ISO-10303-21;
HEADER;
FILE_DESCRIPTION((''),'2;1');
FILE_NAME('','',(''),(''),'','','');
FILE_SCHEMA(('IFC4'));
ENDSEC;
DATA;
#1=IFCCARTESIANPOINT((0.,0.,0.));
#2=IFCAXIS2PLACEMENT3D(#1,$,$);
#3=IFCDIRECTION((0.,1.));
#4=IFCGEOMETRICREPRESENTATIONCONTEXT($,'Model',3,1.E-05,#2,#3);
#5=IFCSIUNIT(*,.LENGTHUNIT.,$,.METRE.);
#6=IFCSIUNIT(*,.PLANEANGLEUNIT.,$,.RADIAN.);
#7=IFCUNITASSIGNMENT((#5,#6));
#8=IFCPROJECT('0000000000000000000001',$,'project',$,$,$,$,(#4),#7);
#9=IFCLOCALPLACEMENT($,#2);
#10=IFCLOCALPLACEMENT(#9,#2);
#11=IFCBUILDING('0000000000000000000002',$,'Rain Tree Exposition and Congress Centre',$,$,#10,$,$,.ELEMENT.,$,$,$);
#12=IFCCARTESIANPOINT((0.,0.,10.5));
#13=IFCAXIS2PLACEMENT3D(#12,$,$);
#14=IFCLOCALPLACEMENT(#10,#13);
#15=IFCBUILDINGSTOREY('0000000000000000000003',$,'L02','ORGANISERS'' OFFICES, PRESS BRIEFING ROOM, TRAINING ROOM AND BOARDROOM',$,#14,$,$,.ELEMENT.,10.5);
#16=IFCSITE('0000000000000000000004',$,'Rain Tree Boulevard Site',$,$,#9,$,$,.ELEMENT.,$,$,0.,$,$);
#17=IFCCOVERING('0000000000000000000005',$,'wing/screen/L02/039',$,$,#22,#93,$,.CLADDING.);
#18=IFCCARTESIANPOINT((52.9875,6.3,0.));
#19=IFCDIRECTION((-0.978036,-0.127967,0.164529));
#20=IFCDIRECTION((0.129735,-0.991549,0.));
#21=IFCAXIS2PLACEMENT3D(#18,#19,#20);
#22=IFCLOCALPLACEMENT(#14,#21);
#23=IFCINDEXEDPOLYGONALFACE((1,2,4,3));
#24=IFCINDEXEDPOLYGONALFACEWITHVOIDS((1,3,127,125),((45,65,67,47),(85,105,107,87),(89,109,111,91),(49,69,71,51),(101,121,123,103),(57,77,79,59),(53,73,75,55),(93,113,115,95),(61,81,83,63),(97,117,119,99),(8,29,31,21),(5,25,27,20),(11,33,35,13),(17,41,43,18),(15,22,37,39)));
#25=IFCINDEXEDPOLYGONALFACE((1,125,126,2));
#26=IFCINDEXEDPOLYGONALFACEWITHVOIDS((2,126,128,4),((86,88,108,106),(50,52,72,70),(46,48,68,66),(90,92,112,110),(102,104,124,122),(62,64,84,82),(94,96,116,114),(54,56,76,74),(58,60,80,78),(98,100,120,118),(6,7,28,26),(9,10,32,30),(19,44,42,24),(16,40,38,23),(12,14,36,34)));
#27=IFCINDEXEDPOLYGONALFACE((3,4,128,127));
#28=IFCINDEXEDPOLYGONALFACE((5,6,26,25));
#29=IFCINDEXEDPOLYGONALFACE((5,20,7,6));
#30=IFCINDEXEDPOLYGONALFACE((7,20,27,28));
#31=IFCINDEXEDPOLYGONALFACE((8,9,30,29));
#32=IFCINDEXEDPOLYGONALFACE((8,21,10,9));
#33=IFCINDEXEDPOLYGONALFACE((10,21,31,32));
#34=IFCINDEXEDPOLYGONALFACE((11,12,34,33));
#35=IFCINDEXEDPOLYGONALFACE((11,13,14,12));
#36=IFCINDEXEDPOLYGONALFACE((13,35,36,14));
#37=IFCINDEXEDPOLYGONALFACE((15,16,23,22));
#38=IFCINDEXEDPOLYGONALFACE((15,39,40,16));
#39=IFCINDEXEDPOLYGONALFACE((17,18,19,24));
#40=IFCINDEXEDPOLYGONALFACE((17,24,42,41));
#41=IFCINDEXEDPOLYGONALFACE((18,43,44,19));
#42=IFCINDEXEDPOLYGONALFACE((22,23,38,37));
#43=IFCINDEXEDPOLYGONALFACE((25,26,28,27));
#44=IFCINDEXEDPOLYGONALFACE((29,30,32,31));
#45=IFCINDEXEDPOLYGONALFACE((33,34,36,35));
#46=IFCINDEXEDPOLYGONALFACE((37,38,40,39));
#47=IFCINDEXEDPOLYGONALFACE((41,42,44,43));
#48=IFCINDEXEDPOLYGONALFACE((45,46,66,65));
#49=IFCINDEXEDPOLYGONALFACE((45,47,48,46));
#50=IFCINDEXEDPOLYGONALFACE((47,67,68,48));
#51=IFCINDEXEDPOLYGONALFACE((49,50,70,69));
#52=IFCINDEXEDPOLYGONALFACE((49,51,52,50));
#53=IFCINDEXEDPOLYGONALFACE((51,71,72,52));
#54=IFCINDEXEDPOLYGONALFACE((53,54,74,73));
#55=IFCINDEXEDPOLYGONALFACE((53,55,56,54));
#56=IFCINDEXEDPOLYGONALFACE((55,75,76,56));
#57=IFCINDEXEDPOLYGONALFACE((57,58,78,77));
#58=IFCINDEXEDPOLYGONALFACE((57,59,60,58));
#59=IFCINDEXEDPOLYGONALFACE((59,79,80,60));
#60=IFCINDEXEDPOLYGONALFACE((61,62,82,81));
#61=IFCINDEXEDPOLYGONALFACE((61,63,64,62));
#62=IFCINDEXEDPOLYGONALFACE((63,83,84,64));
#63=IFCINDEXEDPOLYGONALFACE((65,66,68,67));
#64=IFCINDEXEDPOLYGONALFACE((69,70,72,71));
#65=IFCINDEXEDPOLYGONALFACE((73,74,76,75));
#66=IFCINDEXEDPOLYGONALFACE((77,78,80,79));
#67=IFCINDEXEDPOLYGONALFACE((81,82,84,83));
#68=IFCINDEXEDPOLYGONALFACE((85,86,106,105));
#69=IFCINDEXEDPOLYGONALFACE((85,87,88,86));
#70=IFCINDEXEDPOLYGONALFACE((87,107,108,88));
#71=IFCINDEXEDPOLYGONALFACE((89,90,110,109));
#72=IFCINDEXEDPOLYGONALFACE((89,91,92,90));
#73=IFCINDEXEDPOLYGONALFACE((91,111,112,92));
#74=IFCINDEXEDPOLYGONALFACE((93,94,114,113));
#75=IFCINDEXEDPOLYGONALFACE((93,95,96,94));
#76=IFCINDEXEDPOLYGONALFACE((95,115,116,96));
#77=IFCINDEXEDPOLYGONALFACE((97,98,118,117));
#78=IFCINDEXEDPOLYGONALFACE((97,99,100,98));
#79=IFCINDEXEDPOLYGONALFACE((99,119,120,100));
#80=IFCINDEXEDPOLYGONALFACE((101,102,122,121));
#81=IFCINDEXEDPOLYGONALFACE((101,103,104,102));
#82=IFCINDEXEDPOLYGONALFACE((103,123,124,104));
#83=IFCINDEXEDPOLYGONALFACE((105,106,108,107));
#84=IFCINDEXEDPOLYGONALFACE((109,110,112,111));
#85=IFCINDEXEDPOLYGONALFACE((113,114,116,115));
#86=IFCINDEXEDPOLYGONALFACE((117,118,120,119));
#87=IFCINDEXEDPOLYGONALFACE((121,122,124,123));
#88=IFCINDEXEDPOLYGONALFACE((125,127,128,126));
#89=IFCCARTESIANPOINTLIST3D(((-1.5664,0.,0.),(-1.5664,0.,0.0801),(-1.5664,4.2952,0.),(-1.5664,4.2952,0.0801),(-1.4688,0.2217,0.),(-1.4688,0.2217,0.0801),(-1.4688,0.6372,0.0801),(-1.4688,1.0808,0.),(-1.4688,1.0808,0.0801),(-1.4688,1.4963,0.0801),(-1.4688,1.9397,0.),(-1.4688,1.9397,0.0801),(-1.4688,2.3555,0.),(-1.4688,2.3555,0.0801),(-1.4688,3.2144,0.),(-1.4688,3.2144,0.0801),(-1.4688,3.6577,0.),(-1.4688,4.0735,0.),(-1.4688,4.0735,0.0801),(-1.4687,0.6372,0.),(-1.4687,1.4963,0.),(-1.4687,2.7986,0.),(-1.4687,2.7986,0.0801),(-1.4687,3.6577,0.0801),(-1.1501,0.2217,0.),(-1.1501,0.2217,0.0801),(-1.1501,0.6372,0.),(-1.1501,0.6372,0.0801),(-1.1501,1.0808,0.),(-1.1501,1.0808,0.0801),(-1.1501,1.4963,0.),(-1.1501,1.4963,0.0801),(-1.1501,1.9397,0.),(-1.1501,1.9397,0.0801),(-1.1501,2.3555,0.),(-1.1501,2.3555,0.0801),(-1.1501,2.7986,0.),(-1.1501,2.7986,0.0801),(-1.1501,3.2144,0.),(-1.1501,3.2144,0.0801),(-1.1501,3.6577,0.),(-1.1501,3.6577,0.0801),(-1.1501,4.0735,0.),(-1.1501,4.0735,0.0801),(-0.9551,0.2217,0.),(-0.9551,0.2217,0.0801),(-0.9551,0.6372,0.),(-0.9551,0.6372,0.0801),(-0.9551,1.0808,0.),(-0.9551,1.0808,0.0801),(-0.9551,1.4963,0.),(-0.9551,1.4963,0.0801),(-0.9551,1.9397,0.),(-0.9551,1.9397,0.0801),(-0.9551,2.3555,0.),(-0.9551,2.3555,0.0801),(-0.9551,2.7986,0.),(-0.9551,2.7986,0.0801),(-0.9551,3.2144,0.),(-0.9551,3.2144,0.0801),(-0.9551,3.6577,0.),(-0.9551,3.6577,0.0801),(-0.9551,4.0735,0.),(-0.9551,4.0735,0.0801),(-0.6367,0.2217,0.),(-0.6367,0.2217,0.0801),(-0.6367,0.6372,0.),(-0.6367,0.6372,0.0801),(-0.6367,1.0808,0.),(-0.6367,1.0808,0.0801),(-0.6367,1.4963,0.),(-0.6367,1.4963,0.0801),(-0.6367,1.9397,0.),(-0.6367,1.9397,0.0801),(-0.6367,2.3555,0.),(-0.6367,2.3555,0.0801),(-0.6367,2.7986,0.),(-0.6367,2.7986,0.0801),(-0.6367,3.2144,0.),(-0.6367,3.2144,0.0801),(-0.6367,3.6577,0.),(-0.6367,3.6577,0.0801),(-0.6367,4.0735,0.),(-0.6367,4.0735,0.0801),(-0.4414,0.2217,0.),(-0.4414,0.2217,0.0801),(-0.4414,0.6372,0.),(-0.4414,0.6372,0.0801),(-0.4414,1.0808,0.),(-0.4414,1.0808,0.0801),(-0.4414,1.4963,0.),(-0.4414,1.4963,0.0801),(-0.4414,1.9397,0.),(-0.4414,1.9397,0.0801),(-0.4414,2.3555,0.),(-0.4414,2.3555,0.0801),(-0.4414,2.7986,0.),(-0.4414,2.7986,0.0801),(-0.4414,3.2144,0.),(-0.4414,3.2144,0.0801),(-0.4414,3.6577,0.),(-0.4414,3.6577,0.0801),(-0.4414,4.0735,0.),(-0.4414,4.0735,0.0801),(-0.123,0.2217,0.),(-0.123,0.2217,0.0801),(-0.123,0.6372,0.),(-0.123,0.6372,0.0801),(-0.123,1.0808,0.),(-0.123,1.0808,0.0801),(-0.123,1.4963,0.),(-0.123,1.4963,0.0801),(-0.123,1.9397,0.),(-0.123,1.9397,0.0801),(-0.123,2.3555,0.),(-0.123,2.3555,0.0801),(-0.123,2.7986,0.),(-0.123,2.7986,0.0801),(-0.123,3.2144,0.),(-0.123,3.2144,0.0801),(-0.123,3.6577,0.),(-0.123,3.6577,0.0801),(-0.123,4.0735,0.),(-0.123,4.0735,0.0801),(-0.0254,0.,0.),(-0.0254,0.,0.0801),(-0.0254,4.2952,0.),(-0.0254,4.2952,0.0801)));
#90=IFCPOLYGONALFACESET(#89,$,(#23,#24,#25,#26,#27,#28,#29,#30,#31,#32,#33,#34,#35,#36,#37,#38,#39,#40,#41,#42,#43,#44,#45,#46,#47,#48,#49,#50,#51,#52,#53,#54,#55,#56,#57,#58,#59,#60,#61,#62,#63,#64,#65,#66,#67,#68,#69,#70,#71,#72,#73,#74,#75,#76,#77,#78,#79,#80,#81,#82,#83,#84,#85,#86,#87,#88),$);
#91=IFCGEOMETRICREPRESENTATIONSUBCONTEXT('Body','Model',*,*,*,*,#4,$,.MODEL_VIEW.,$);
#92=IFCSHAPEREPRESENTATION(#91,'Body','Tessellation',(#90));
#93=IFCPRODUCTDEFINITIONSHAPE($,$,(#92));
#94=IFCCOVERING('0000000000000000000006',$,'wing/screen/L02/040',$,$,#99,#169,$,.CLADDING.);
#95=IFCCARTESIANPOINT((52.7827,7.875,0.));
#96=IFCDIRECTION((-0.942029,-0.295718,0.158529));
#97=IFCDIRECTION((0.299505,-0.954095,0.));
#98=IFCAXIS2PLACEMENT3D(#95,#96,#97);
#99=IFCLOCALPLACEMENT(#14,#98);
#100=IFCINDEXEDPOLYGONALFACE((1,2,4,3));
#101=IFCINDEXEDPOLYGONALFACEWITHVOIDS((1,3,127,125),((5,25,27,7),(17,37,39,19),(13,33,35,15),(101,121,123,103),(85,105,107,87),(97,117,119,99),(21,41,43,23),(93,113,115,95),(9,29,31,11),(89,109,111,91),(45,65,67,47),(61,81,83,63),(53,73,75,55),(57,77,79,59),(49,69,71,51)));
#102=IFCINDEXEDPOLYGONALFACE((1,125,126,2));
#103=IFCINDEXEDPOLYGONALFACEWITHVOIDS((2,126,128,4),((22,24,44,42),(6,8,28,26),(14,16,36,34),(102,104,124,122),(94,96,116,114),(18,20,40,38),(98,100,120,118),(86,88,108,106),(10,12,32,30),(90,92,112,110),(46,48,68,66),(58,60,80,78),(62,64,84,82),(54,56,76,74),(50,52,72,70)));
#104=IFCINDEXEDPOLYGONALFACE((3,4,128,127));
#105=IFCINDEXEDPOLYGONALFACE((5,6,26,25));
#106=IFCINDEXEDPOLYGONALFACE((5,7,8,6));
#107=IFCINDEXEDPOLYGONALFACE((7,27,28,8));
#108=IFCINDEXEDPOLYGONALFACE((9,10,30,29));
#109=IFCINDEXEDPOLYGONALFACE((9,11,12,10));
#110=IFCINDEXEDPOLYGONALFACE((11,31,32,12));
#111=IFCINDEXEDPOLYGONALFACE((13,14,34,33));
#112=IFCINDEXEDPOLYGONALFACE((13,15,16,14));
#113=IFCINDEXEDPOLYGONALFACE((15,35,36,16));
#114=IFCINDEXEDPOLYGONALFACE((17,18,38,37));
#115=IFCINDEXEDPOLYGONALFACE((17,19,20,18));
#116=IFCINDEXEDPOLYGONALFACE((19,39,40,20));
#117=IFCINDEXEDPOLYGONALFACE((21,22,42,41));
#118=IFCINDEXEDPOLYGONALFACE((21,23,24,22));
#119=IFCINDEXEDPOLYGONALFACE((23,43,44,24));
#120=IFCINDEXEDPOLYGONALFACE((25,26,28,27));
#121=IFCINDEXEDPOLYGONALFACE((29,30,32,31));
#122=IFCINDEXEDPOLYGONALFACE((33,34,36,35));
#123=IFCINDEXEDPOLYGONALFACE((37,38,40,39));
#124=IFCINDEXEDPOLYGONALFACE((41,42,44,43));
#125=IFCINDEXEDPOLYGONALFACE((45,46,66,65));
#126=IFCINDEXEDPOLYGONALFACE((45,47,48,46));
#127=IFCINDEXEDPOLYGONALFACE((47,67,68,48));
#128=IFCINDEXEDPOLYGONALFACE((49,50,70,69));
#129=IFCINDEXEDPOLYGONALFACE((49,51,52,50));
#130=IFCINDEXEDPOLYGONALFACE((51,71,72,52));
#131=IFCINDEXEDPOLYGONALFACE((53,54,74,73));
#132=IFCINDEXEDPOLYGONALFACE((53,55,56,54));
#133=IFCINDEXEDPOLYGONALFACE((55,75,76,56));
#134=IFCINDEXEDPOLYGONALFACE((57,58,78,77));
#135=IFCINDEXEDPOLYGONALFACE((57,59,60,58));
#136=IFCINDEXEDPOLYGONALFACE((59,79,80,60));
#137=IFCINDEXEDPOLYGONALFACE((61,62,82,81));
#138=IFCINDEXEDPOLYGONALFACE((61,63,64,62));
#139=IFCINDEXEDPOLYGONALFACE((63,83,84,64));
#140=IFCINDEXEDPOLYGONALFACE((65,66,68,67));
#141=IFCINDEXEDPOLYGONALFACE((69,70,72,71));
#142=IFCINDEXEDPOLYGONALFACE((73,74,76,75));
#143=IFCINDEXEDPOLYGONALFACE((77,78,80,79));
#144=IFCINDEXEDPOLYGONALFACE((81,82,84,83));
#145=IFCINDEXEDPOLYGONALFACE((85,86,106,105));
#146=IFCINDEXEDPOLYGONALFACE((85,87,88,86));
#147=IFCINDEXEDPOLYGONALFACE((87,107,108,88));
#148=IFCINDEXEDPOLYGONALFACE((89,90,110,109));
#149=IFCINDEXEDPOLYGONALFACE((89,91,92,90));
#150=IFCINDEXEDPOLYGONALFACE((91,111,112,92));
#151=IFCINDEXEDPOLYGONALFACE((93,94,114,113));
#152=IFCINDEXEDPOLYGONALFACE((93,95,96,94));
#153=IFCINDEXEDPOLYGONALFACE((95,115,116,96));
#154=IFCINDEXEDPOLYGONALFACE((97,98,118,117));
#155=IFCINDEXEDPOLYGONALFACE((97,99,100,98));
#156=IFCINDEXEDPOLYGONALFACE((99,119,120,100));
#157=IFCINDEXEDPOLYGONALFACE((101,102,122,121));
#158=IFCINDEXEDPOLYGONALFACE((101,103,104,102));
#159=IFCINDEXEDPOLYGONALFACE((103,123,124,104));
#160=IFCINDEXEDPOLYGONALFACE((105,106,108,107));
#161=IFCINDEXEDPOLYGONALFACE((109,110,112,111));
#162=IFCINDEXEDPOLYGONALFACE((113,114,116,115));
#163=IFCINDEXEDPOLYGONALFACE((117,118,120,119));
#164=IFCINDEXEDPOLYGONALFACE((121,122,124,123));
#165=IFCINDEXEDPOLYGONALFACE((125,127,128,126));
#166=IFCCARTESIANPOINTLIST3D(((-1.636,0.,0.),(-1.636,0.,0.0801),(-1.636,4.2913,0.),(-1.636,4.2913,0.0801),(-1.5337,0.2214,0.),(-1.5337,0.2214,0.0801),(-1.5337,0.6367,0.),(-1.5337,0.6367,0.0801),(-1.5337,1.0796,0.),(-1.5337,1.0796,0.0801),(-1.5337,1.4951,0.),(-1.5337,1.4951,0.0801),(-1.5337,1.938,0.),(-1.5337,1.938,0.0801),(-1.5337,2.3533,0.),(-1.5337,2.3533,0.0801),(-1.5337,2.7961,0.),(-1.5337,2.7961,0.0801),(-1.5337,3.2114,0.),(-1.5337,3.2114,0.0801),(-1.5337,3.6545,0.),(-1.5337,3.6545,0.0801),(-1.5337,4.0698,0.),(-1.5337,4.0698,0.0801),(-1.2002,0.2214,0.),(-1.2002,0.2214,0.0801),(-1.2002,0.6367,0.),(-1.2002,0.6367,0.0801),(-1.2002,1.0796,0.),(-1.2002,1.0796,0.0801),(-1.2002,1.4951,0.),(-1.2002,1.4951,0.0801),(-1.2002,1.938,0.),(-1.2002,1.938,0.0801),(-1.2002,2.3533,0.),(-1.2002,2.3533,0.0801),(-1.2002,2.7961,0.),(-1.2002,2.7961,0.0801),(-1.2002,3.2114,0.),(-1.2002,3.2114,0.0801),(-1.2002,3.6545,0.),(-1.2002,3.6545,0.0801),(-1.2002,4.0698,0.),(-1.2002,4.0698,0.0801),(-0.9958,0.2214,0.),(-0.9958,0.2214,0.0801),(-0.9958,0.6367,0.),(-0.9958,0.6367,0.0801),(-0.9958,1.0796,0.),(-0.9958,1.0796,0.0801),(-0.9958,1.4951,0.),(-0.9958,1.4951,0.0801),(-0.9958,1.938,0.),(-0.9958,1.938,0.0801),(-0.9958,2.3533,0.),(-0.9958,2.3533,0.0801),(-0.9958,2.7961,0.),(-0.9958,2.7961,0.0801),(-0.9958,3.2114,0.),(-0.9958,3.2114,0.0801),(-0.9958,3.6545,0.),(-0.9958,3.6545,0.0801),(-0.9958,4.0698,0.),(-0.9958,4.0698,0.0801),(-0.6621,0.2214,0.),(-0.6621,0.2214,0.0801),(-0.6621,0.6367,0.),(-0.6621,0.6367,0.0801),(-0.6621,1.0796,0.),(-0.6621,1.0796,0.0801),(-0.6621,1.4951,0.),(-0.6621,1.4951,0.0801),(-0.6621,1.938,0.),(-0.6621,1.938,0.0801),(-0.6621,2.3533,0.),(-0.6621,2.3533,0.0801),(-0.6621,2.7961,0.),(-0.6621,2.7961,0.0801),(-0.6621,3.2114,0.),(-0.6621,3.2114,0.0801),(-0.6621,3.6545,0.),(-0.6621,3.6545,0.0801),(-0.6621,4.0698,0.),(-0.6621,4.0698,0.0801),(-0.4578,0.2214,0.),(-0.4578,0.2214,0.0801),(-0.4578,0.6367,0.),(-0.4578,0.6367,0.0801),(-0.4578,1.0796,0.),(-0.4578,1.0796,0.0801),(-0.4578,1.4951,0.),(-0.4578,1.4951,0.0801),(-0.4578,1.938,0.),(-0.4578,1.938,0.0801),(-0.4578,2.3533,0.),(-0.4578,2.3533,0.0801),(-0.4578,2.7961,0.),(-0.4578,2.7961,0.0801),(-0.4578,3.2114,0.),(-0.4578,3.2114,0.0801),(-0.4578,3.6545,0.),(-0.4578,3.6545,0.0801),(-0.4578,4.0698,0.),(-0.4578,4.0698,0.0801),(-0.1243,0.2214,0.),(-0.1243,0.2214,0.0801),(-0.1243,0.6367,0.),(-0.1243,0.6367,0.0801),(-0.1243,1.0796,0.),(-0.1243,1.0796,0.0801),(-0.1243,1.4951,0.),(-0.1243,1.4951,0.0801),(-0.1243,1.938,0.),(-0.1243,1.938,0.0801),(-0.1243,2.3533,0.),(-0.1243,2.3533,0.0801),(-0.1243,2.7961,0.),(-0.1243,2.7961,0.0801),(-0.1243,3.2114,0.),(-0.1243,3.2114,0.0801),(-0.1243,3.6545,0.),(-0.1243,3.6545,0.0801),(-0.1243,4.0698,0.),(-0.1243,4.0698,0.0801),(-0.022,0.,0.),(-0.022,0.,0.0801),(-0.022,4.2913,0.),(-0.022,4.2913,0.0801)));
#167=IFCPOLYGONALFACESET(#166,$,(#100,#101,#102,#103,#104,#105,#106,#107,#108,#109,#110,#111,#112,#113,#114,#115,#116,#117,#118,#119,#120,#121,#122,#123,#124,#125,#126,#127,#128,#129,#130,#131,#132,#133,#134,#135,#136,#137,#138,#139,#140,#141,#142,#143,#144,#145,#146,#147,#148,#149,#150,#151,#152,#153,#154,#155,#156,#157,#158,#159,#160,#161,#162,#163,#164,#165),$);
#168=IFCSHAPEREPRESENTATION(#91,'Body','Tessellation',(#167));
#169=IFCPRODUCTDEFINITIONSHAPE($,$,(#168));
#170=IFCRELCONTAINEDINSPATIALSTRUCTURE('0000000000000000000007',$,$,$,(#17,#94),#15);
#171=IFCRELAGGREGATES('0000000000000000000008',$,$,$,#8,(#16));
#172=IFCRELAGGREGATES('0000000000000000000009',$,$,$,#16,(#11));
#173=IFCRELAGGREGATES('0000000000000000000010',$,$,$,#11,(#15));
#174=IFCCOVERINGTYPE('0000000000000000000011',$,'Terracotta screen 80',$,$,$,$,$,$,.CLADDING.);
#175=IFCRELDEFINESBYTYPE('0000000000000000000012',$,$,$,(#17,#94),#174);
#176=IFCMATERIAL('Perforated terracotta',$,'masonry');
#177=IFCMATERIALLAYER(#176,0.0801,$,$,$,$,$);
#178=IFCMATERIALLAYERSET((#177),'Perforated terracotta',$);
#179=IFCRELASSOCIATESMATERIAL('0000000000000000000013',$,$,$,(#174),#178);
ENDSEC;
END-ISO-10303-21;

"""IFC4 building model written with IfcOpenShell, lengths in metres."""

from ifc_helpers import new_model, si_unit, direction, frame, origin, place, context, subcontext, project, spatial, polyline, outline, extrude, material, layer, layer_set, type_object, element, save


model = new_model("IFC4")

# Units and contexts
model_context = context("Model", 3, precision=1e-05, world=origin(), true_north=direction((0.0, 1.0)))
body_context = subcontext(model_context, "Body", "Model", "MODEL_VIEW")
ifc_project = project(units=[si_unit("LENGTHUNIT", "METRE"), si_unit("PLANEANGLEUNIT", "RADIAN")], contexts=[model_context])

# Site, building, storey
site_placement = place(None, origin())
site = spatial("IfcSite", under=ifc_project, at=site_placement, Name="Rain Tree Boulevard Site", CompositionType="ELEMENT", RefElevation=0.0)
building_placement = place(site_placement, origin())
building = spatial("IfcBuilding", under=site, at=building_placement, Name="Rain Tree Exposition and Congress Centre", CompositionType="ELEMENT")
storey_placement = place(building_placement, frame((0.0, 0.0, 10.5)))
storey = spatial("IfcBuildingStorey", under=building, at=storey_placement, Name="L02", Description="ORGANISERS' OFFICES, PRESS BRIEFING ROOM, TRAINING ROOM AND BOARDROOM", CompositionType="ELEMENT", Elevation=10.5)

# Coverings
ifc_material_1 = material(Name="Perforated terracotta", Category="masonry")
ifc_layer_1 = layer(ifc_material_1, 0.0801)
ifc_layer_set_1 = layer_set([ifc_layer_1], Name="Perforated terracotta")
covering_type = type_object("IfcCoveringType", Name="Terracotta screen 80", PredefinedType="CLADDING", material=ifc_layer_set_1)
covering_1_placement = place(storey_placement, frame((52.9875, 6.3, 0.0), z_axis=(-0.978036, -0.127967, 0.164529), x_axis=(0.129735, -0.991549, 0.0)))
element("IfcCovering", 1, at=covering_1_placement, inside=storey, type_object=covering_type, Name="wing/screen/L02/039", PredefinedType="CLADDING", context=body_context, shape_type="SweptSolid", body=[
    extrude(outline(polyline([(-1.5664, 0.0), (-1.5664, 4.2952), (-0.0254, 4.2952), (-0.0254, 0.0), (-1.5664, 0.0)]), holes=[polyline([(-0.123, 0.2217), (-0.123, 0.6372), (-0.4414, 0.6372), (-0.4414, 0.2217), (-0.123, 0.2217)]), polyline([(-0.123, 1.0808), (-0.123, 1.4963), (-0.4414, 1.4963), (-0.4414, 1.0808), (-0.123, 1.0808)]), polyline([(-0.123, 1.9397), (-0.123, 2.3555), (-0.4414, 2.3555), (-0.4414, 1.9397), (-0.123, 1.9397)]), polyline([(-0.123, 2.7986), (-0.123, 3.2144), (-0.4414, 3.2144), (-0.4414, 2.7986), (-0.123, 2.7986)]), polyline([(-0.123, 3.6577), (-0.123, 4.0735), (-0.4414, 4.0735), (-0.4414, 3.6577), (-0.123, 3.6577)]), polyline([(-0.6367, 0.2217), (-0.6367, 0.6372), (-0.9551, 0.6372), (-0.9551, 0.2217), (-0.6367, 0.2217)]), polyline([(-0.6367, 1.0808), (-0.6367, 1.4963), (-0.9551, 1.4963), (-0.9551, 1.0808), (-0.6367, 1.0808)]), polyline([(-0.6367, 1.9397), (-0.6367, 2.3555), (-0.9551, 2.3555), (-0.9551, 1.9397), (-0.6367, 1.9397)]), polyline([(-0.6367, 2.7986), (-0.6367, 3.2144), (-0.9551, 3.2144), (-0.9551, 2.7986), (-0.6367, 2.7986)]), polyline([(-0.6367, 3.6577), (-0.6367, 4.0735), (-0.9551, 4.0735), (-0.9551, 3.6577), (-0.6367, 3.6577)]), polyline([(-1.1501, 0.2217), (-1.1501, 0.6372), (-1.4688, 0.6372), (-1.4688, 0.2217), (-1.1501, 0.2217)]), polyline([(-1.1501, 1.0808), (-1.1501, 1.4963), (-1.4688, 1.4963), (-1.4688, 1.0808), (-1.1501, 1.0808)]), polyline([(-1.1501, 1.9397), (-1.1501, 2.3555), (-1.4688, 2.3555), (-1.4688, 1.9397), (-1.1501, 1.9397)]), polyline([(-1.1501, 2.7986), (-1.1501, 3.2144), (-1.4688, 3.2144), (-1.4688, 2.7986), (-1.1501, 2.7986)]), polyline([(-1.1501, 3.6577), (-1.1501, 4.0735), (-1.4688, 4.0735), (-1.4688, 3.6577), (-1.1501, 3.6577)])]), origin(), (0.0, 0.0, 1.0), 0.0801),
])
covering_2_placement = place(storey_placement, frame((52.7827, 7.875, 0.0), z_axis=(-0.942029, -0.295718, 0.158529), x_axis=(0.299505, -0.954095, 0.0)))
element("IfcCovering", 2, at=covering_2_placement, inside=storey, type_object=covering_type, Name="wing/screen/L02/040", PredefinedType="CLADDING", context=body_context, shape_type="SweptSolid", body=[
    extrude(outline(polyline([(-1.636, 0.0), (-1.636, 4.2913), (-0.022, 4.2913), (-0.022, 0.0), (-1.636, 0.0)]), holes=[polyline([(-0.1243, 0.2214), (-0.1243, 0.6367), (-0.4578, 0.6367), (-0.4578, 0.2214), (-0.1243, 0.2214)]), polyline([(-0.1243, 1.0796), (-0.1243, 1.4951), (-0.4578, 1.4951), (-0.4578, 1.0796), (-0.1243, 1.0796)]), polyline([(-0.1243, 1.938), (-0.1243, 2.3533), (-0.4578, 2.3533), (-0.4578, 1.938), (-0.1243, 1.938)]), polyline([(-0.1243, 2.7961), (-0.1243, 3.2114), (-0.4578, 3.2114), (-0.4578, 2.7961), (-0.1243, 2.7961)]), polyline([(-0.1243, 3.6545), (-0.1243, 4.0698), (-0.4578, 4.0698), (-0.4578, 3.6545), (-0.1243, 3.6545)]), polyline([(-0.6621, 0.2214), (-0.6621, 0.6367), (-0.9958, 0.6367), (-0.9958, 0.2214), (-0.6621, 0.2214)]), polyline([(-0.6621, 1.0796), (-0.6621, 1.4951), (-0.9958, 1.4951), (-0.9958, 1.0796), (-0.6621, 1.0796)]), polyline([(-0.6621, 1.938), (-0.6621, 2.3533), (-0.9958, 2.3533), (-0.9958, 1.938), (-0.6621, 1.938)]), polyline([(-0.6621, 2.7961), (-0.6621, 3.2114), (-0.9958, 3.2114), (-0.9958, 2.7961), (-0.6621, 2.7961)]), polyline([(-0.6621, 3.6545), (-0.6621, 4.0698), (-0.9958, 4.0698), (-0.9958, 3.6545), (-0.6621, 3.6545)]), polyline([(-1.2002, 0.2214), (-1.2002, 0.6367), (-1.5337, 0.6367), (-1.5337, 0.2214), (-1.2002, 0.2214)]), polyline([(-1.2002, 1.0796), (-1.2002, 1.4951), (-1.5337, 1.4951), (-1.5337, 1.0796), (-1.2002, 1.0796)]), polyline([(-1.2002, 1.938), (-1.2002, 2.3533), (-1.5337, 2.3533), (-1.5337, 1.938), (-1.2002, 1.938)]), polyline([(-1.2002, 2.7961), (-1.2002, 3.2114), (-1.5337, 3.2114), (-1.5337, 2.7961), (-1.2002, 2.7961)]), polyline([(-1.2002, 3.6545), (-1.2002, 4.0698), (-1.5337, 4.0698), (-1.5337, 3.6545), (-1.2002, 3.6545)])]), origin(), (0.0, 0.0, 1.0), 0.0801),
])

save(model, "model.ifc")
